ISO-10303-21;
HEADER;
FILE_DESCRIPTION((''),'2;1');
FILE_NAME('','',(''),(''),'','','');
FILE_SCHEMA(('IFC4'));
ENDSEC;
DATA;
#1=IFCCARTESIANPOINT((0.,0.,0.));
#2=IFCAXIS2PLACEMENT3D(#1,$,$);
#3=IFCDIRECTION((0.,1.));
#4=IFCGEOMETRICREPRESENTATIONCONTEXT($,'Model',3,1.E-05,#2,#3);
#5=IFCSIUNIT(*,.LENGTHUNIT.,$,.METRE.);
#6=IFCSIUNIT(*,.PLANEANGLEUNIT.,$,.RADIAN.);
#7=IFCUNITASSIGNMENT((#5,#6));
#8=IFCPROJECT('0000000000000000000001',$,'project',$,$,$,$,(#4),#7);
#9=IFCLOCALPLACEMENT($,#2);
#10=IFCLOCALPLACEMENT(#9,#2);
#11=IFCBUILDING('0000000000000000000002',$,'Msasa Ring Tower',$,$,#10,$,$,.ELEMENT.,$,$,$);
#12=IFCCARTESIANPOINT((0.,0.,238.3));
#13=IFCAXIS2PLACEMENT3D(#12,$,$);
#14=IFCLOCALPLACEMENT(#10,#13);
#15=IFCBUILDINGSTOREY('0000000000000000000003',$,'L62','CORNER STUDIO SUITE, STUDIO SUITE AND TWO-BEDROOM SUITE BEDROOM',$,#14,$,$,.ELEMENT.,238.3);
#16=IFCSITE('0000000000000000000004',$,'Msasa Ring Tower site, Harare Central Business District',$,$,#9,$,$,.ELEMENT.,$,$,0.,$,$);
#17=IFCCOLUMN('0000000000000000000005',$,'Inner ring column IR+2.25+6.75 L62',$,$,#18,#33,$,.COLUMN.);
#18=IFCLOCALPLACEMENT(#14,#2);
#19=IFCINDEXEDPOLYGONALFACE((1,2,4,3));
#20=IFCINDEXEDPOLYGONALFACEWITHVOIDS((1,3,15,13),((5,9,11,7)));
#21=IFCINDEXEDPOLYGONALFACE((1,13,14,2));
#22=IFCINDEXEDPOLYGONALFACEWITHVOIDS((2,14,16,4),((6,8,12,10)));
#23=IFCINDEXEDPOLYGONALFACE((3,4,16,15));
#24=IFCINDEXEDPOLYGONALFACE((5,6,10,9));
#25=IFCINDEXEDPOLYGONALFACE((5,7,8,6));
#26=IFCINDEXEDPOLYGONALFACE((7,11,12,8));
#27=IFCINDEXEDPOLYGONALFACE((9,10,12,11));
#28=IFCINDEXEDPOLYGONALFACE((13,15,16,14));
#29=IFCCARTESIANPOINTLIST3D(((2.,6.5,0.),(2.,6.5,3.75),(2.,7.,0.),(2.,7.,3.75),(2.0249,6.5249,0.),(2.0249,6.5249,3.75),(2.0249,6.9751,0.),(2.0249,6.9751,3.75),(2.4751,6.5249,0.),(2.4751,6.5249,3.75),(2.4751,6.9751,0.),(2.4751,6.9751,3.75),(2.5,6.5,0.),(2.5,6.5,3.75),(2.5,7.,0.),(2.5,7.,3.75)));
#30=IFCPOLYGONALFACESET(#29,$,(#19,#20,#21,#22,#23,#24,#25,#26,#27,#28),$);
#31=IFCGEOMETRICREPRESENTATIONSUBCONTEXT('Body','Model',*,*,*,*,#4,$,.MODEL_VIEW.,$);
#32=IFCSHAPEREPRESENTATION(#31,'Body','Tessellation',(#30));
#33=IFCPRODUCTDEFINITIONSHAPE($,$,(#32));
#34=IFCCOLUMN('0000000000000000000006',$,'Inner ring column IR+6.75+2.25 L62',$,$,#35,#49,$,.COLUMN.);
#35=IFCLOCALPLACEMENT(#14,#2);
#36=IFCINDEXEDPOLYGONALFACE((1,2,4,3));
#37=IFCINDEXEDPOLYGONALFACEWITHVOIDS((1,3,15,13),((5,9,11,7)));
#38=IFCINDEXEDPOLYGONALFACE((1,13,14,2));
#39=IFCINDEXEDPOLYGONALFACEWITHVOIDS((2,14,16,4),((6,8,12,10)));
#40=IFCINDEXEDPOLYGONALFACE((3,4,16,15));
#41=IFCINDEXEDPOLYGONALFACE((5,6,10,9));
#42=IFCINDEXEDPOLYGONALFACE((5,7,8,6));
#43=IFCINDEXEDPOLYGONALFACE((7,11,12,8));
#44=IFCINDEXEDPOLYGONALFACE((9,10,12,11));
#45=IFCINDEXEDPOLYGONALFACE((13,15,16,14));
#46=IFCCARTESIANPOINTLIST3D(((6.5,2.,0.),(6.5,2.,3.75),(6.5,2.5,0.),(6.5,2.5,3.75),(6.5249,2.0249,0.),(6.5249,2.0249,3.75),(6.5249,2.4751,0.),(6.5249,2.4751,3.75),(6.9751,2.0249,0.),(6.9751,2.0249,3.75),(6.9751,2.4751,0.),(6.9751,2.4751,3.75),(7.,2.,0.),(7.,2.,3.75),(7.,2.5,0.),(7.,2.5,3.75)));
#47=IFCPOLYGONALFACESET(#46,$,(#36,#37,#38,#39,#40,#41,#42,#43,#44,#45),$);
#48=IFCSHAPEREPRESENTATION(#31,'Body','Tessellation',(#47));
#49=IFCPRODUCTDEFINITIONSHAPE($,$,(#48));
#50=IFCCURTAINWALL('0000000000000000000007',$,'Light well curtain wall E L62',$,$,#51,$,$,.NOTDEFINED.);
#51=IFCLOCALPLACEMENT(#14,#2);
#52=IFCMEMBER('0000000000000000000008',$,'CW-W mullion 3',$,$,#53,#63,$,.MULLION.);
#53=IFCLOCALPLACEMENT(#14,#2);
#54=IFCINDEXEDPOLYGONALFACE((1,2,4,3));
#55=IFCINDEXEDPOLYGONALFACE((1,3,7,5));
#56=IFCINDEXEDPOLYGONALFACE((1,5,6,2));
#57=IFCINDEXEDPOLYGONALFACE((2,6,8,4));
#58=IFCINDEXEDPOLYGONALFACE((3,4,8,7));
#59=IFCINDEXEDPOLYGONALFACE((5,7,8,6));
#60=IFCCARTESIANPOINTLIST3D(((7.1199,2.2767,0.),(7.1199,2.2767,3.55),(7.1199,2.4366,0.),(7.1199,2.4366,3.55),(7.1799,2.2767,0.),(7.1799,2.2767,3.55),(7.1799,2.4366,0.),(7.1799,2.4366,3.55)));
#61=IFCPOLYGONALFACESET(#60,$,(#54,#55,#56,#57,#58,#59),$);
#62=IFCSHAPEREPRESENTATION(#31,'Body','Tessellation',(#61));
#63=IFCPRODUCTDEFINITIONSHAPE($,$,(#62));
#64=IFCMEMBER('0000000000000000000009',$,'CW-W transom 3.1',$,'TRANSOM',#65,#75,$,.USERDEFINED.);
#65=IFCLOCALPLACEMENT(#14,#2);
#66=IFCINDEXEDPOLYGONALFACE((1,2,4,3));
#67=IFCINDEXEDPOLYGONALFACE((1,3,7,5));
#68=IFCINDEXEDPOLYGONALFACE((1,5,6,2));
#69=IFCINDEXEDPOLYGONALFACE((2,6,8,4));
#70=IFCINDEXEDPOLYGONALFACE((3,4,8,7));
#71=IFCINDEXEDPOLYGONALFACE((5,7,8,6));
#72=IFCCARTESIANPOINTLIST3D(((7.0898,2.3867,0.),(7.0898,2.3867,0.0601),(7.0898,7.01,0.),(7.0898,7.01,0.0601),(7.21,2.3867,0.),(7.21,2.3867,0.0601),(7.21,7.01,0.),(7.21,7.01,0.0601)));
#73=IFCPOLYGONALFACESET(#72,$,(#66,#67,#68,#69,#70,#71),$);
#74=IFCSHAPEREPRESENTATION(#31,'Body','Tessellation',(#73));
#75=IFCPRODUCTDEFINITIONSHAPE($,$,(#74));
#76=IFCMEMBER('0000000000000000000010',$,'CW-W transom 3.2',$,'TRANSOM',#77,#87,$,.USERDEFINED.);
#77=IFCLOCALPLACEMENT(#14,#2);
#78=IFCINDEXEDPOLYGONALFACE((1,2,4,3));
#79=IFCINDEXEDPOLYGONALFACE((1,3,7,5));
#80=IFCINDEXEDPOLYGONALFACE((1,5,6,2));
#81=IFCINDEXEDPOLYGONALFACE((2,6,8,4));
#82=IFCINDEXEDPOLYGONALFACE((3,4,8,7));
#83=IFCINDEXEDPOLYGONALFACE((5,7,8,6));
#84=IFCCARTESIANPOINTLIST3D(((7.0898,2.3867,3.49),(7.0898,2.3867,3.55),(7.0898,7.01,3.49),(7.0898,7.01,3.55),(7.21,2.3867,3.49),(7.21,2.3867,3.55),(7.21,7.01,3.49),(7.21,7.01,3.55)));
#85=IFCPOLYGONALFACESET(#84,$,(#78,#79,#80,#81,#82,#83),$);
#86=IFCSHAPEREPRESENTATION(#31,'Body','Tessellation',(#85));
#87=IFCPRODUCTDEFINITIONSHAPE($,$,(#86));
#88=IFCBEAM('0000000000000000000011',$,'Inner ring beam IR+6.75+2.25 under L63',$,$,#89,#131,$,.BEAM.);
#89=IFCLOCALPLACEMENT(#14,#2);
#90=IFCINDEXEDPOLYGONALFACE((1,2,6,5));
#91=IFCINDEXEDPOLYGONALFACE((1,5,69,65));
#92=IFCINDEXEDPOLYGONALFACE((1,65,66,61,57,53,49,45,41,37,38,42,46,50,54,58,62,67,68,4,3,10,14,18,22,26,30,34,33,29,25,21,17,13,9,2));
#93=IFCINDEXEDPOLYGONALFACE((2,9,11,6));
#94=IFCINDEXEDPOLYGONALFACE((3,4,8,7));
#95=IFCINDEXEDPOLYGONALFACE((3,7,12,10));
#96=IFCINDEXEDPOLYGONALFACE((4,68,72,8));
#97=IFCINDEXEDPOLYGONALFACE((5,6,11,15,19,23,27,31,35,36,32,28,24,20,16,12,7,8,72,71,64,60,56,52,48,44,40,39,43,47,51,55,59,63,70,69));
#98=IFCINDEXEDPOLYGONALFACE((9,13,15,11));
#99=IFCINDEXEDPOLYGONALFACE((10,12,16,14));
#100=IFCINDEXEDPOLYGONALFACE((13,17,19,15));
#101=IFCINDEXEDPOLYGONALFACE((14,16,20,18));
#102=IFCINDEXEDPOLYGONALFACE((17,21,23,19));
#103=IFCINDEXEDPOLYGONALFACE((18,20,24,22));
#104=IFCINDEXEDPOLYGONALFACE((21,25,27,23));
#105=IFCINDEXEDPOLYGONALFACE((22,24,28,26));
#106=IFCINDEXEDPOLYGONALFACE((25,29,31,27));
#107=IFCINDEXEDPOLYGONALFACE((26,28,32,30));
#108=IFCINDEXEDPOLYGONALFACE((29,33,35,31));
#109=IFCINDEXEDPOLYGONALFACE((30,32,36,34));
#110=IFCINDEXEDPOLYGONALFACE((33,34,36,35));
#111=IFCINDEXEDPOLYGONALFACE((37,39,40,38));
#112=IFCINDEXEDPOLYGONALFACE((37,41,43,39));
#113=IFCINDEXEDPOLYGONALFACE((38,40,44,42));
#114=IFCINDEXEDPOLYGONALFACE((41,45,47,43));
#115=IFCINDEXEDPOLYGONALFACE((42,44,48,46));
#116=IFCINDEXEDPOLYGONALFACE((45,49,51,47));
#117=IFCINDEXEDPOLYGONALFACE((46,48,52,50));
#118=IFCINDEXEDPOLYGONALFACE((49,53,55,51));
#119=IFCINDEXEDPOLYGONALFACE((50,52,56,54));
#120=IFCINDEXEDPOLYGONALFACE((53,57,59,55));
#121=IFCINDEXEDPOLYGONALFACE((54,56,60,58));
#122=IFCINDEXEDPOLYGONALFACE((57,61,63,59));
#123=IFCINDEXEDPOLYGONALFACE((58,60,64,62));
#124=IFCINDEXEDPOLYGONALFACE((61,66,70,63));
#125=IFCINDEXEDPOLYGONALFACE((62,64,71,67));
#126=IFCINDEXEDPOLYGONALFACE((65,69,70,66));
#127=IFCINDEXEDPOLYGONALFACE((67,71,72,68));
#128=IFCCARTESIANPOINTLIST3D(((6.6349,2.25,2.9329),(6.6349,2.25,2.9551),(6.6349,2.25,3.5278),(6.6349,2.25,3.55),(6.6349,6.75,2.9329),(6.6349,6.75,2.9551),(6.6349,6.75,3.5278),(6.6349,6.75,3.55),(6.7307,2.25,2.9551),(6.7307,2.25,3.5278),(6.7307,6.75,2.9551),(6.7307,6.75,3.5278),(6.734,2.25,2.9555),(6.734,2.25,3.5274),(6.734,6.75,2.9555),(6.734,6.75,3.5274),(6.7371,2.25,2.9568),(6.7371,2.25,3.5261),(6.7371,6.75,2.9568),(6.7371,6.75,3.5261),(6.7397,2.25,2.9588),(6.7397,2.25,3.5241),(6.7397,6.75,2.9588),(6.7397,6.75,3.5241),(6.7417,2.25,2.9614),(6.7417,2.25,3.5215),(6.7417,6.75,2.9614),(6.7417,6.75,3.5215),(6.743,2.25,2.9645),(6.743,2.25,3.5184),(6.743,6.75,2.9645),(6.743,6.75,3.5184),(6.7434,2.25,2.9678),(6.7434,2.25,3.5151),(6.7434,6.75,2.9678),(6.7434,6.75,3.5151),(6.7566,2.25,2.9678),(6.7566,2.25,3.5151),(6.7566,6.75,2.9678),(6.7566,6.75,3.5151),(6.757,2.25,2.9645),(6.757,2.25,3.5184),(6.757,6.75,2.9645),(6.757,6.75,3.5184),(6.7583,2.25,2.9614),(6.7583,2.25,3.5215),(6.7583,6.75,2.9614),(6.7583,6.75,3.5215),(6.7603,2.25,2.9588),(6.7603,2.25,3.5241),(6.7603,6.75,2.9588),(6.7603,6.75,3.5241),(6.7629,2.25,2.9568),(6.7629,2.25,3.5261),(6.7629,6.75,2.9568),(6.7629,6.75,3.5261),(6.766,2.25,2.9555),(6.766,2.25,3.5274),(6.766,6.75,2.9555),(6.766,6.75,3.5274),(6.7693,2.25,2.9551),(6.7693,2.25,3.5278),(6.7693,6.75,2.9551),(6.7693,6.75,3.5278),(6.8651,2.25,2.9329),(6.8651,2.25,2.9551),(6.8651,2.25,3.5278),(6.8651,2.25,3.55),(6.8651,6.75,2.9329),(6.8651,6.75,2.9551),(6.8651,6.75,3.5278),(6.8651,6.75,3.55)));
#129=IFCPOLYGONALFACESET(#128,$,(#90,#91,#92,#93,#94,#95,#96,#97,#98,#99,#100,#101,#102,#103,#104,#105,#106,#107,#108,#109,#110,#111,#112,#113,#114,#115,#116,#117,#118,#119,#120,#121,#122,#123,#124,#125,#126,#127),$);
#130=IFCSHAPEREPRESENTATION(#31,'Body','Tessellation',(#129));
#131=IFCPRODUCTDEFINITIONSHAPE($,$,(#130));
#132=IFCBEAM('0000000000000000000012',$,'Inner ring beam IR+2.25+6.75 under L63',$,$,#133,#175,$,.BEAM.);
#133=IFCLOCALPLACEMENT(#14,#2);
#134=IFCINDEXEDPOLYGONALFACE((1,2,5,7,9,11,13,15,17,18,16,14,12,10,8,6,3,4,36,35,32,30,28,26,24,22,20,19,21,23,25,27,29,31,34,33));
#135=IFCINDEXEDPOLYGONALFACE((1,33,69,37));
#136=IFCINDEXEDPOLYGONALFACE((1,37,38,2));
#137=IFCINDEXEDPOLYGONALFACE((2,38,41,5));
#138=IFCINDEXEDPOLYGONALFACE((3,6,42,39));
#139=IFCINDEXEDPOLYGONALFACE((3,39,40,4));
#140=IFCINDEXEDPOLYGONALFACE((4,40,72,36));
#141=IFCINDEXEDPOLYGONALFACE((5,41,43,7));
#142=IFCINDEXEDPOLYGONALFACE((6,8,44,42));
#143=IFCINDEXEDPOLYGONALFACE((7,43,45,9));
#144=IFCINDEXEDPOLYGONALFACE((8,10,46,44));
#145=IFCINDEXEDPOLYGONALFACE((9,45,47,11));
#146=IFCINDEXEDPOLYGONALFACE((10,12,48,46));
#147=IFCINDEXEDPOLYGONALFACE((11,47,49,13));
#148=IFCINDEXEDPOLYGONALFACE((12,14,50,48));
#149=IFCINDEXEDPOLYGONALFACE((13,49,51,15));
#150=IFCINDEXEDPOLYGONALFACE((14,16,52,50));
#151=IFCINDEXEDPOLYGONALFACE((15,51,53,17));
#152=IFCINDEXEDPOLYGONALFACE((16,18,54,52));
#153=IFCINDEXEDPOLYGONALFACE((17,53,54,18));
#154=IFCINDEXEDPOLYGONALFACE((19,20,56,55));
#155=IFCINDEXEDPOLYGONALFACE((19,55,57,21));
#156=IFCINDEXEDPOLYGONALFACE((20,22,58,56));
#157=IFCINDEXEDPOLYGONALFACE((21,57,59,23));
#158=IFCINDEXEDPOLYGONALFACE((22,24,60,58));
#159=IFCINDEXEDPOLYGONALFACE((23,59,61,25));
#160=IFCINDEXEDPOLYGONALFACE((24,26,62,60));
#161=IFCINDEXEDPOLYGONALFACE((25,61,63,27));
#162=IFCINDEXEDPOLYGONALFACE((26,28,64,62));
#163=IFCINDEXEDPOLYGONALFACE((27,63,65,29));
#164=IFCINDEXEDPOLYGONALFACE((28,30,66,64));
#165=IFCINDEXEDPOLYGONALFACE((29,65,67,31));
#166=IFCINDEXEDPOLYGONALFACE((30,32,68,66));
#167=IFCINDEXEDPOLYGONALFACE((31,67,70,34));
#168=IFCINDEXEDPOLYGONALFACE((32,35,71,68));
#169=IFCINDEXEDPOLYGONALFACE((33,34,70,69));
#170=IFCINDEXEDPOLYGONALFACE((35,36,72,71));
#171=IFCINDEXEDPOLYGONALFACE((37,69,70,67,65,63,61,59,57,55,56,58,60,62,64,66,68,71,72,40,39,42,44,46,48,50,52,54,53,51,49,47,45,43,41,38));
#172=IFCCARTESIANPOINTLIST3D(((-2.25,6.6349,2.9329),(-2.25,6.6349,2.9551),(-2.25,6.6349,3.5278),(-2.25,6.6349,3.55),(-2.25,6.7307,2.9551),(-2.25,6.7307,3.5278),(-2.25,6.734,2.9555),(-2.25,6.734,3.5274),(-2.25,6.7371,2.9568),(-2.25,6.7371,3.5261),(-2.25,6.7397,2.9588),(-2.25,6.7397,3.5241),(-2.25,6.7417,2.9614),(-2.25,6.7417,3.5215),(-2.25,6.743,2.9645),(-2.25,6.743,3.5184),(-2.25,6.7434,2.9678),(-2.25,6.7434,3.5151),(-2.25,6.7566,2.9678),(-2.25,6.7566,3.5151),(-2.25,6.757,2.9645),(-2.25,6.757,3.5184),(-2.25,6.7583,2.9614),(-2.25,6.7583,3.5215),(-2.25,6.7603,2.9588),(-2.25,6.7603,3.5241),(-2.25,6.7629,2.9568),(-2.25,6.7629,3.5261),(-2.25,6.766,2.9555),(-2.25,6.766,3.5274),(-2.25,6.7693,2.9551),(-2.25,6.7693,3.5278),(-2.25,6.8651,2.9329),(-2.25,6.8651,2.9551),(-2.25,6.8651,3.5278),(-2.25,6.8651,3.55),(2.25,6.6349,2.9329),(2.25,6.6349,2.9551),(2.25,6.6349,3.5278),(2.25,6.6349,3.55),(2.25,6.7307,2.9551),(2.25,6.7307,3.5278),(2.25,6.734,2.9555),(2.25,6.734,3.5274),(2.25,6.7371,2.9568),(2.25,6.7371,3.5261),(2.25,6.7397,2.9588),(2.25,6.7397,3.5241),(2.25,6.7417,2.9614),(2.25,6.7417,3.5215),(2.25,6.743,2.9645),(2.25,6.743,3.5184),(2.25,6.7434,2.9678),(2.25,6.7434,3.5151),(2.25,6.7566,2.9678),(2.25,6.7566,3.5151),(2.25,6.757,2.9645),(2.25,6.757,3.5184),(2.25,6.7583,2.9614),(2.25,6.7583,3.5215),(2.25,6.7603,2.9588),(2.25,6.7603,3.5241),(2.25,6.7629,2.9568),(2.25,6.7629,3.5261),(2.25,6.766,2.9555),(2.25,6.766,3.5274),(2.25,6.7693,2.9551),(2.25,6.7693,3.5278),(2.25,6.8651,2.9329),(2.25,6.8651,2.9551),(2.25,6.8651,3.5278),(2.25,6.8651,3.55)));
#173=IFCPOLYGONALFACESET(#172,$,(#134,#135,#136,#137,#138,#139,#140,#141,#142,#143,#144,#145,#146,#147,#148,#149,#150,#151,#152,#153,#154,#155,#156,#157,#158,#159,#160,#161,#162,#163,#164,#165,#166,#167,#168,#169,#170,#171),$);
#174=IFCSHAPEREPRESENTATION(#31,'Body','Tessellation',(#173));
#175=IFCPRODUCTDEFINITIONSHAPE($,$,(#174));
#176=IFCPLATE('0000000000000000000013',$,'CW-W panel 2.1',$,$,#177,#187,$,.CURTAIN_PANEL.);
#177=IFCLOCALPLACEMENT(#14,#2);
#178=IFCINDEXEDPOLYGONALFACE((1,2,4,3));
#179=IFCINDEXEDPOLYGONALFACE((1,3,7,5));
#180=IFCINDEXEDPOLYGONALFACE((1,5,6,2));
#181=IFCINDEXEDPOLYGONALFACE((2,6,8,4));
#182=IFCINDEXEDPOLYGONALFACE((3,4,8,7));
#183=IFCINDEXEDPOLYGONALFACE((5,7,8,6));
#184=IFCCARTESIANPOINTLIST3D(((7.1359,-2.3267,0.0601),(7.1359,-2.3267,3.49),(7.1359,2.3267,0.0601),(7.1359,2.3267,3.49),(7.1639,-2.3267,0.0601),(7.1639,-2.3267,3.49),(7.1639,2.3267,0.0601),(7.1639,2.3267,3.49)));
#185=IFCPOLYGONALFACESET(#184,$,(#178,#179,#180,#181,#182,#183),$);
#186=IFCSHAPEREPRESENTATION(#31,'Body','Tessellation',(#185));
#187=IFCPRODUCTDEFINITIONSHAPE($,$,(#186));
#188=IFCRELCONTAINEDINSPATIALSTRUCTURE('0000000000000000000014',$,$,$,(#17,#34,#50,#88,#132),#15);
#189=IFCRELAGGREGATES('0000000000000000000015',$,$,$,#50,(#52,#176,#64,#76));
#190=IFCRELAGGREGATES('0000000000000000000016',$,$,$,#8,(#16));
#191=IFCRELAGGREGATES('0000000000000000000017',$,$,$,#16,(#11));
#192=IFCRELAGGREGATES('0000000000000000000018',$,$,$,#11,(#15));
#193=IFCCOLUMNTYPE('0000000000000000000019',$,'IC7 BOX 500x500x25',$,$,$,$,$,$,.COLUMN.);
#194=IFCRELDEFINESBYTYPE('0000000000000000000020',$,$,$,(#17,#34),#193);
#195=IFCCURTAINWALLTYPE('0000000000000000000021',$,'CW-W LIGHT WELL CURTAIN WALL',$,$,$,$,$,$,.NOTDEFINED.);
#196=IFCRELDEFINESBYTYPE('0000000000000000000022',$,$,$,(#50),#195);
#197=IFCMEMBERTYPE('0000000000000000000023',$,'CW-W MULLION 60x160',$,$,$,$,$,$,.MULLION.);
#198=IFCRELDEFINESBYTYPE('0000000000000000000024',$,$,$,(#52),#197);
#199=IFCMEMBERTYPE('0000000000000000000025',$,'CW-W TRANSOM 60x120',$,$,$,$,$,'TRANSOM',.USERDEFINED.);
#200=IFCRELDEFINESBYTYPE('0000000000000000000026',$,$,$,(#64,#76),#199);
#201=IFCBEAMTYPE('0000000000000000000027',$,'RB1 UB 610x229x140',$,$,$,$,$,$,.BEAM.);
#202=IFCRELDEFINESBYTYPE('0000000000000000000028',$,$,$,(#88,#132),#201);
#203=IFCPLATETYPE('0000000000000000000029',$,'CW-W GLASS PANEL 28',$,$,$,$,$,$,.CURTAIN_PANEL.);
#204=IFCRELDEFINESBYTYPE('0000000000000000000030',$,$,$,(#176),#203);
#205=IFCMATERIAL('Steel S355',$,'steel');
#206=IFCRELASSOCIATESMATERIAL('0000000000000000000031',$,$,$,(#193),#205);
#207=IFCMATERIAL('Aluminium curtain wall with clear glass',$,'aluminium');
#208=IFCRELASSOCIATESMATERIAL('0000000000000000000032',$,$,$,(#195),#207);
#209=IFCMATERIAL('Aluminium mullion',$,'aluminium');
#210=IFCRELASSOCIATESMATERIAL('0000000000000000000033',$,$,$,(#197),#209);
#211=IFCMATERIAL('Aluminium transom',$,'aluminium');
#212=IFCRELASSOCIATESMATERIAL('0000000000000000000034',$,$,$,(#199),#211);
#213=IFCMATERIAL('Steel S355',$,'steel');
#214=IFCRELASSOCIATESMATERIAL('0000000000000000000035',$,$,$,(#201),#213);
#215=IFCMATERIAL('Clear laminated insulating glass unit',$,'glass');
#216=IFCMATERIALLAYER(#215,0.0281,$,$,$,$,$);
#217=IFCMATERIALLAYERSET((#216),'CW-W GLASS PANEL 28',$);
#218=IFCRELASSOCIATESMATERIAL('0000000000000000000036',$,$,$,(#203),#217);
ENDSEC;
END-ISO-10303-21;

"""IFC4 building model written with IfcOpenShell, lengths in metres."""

from ifc_helpers import new_model, si_unit, direction, frame, origin, origin_2d, place, context, subcontext, project, spatial, rectangle, hollow_rectangle, i_section, extrude, material, layer, layer_set, material_profile, profile_set, type_object, element, aggregate, save


model = new_model("IFC4")

# Units and contexts
model_context = context("Model", 3, precision=1e-05, world=origin(), true_north=direction((0.0, 1.0)))
body_context = subcontext(model_context, "Body", "Model", "MODEL_VIEW")
ifc_project = project(units=[si_unit("LENGTHUNIT", "METRE"), si_unit("PLANEANGLEUNIT", "RADIAN")], contexts=[model_context])

# Site, building, storey
site_placement = place(None, origin())
site = spatial("IfcSite", under=ifc_project, at=site_placement, Name="Msasa Ring Tower site, Harare Central Business District", CompositionType="ELEMENT", RefElevation=0.0)
building_placement = place(site_placement, origin())
building = spatial("IfcBuilding", under=site, at=building_placement, Name="Msasa Ring Tower", CompositionType="ELEMENT")
storey_placement = place(building_placement, frame((0.0, 0.0, 238.3)))
storey = spatial("IfcBuildingStorey", under=building, at=storey_placement, Name="L62", Description="CORNER STUDIO SUITE, STUDIO SUITE AND TWO-BEDROOM SUITE BEDROOM", CompositionType="ELEMENT", Elevation=238.3)

# Columns
ifc_material_1 = material(Name="Steel S355", Category="steel")
ifc_material_profile_1 = material_profile(ifc_material_1, hollow_rectangle(XDim=0.5, YDim=0.5, WallThickness=0.0249, at=origin_2d()), Name="BOX 500x500x25")
ifc_profile_set_1 = profile_set([ifc_material_profile_1], Name="Steel S355")
column_type = type_object("IfcColumnType", Name="IC7 BOX 500x500x25", PredefinedType="COLUMN", material=ifc_profile_set_1)
for number, where, z_axis, x_axis, name in (
    (1, (2.25, 6.75, 0.0), (0.0, 0.0, 1.0), (1.0, 0.0, 0.0), "Inner ring column IR+2.25+6.75 L62"),
    (2, (6.75, 2.25, 0.0), (0.0, 0.0, 1.0), (1.0, 0.0, 0.0), "Inner ring column IR+6.75+2.25 L62"),
):
    element("IfcColumn", number, at=place(storey_placement, frame(where, z_axis=z_axis, x_axis=x_axis)), inside=storey, type_object=column_type, Name=name, PredefinedType="COLUMN", context=body_context, shape_type="SweptSolid", body=[
        extrude(hollow_rectangle(XDim=0.5, YDim=0.5, WallThickness=0.0249, at=origin_2d()), origin(), (0.0, 0.0, 1.0), 3.75),
    ])

# Curtain wall, members
ifc_material_2 = material(Name="Aluminium curtain wall with clear glass", Category="aluminium")
curtain_wall_type = type_object("IfcCurtainWallType", Name="CW-W LIGHT WELL CURTAIN WALL", PredefinedType="NOTDEFINED", material=ifc_material_2)
curtain_wall_placement = place(storey_placement, origin())
curtain_wall = element("IfcCurtainWall", 3, at=curtain_wall_placement, inside=storey, type_object=curtain_wall_type, Name="Light well curtain wall E L62", PredefinedType="NOTDEFINED")
ifc_material_3 = material(Name="Aluminium mullion", Category="aluminium")
ifc_material_profile_2 = material_profile(ifc_material_3, rectangle(XDim=0.0601, YDim=0.1599, at=origin_2d()), Name="AL 60x160")
ifc_profile_set_2 = profile_set([ifc_material_profile_2], Name="Aluminium mullion")
member_type_1 = type_object("IfcMemberType", Name="CW-W MULLION 60x160", PredefinedType="MULLION", material=ifc_profile_set_2)
member_1_placement = place(storey_placement, frame((7.1499, 2.3567, 0.0), z_axis=(0.0, 0.0, 1.0), x_axis=(-1.0, 0.0, 0.0)))
member_1 = element("IfcMember", 4, at=member_1_placement, type_object=member_type_1, Name="CW-W mullion 3", PredefinedType="MULLION", context=body_context, shape_type="SweptSolid", body=[
    extrude(rectangle(XDim=0.0601, YDim=0.1599, at=origin_2d()), origin(), (0.0, 0.0, 1.0), 3.55),
])
ifc_material_4 = material(Name="Aluminium transom", Category="aluminium")
ifc_material_profile_3 = material_profile(ifc_material_4, rectangle(XDim=0.1201, YDim=0.0601, at=origin_2d()), Name="AL 60x120")
ifc_profile_set_3 = profile_set([ifc_material_profile_3], Name="Aluminium transom")
member_type_2 = type_object("IfcMemberType", Name="CW-W TRANSOM 60x120", ElementType="TRANSOM", PredefinedType="USERDEFINED", material=ifc_profile_set_3)
member_2_placement = place(storey_placement, frame((7.1499, 2.3867, 0.03), z_axis=(0.0, 1.0, 0.0), x_axis=(-1.0, 0.0, 0.0)))
member_2 = element("IfcMember", 5, at=member_2_placement, type_object=member_type_2, Name="CW-W transom 3.1", ObjectType="TRANSOM", PredefinedType="USERDEFINED", context=body_context, shape_type="SweptSolid", body=[
    extrude(rectangle(XDim=0.1201, YDim=0.0601, at=origin_2d()), origin(), (0.0, 0.0, 1.0), 4.6233),
])
member_3_placement = place(storey_placement, frame((7.1499, 2.3867, 3.52), z_axis=(0.0, 1.0, 0.0), x_axis=(-1.0, 0.0, 0.0)))
member_3 = element("IfcMember", 6, at=member_3_placement, type_object=member_type_2, Name="CW-W transom 3.2", ObjectType="TRANSOM", PredefinedType="USERDEFINED", context=body_context, shape_type="SweptSolid", body=[
    extrude(rectangle(XDim=0.1201, YDim=0.0601, at=origin_2d()), origin(), (0.0, 0.0, 1.0), 4.6233),
])

# Beams
ifc_material_5 = material(Name="Steel S355", Category="steel")
ifc_material_profile_4 = material_profile(ifc_material_5, i_section(OverallWidth=0.2302, OverallDepth=0.6172, WebThickness=0.0132, FlangeThickness=0.0222, FilletRadius=0.0127, at=origin_2d()), Name="UB 610x229x140")
ifc_profile_set_4 = profile_set([ifc_material_profile_4], Name="Steel S355")
beam_type = type_object("IfcBeamType", Name="RB1 UB 610x229x140", PredefinedType="BEAM", material=ifc_profile_set_4)
for number, where, z_axis, x_axis, name in (
    (7, (6.75, 2.25, 3.2415), (0.0, 1.0, 0.0), (-1.0, 0.0, 0.0), "Inner ring beam IR+6.75+2.25 under L63"),
    (8, (2.25, 6.75, 3.2415), (-1.0, 0.0, 0.0), (0.0, -1.0, 0.0), "Inner ring beam IR+2.25+6.75 under L63"),
):
    element("IfcBeam", number, at=place(storey_placement, frame(where, z_axis=z_axis, x_axis=x_axis)), inside=storey, type_object=beam_type, Name=name, PredefinedType="BEAM", context=body_context, shape_type="SweptSolid", body=[
        extrude(i_section(OverallWidth=0.2302, OverallDepth=0.6172, WebThickness=0.0132, FlangeThickness=0.0222, FilletRadius=0.0127, at=origin_2d()), origin(), (0.0, 0.0, 1.0), 4.5),
    ])

# Plate
ifc_material_6 = material(Name="Clear laminated insulating glass unit", Category="glass")
ifc_layer_1 = layer(ifc_material_6, 0.0281)
ifc_layer_set_1 = layer_set([ifc_layer_1], Name="CW-W GLASS PANEL 28")
plate_type = type_object("IfcPlateType", Name="CW-W GLASS PANEL 28", PredefinedType="CURTAIN_PANEL", material=ifc_layer_set_1)
plate_1_placement = place(storey_placement, frame((7.1499, 0.0, 0.0601), z_axis=(0.0, 0.0, 1.0), x_axis=(0.0, 1.0, 0.0)))
plate_1 = element("IfcPlate", 9, at=plate_1_placement, type_object=plate_type, Name="CW-W panel 2.1", PredefinedType="CURTAIN_PANEL", context=body_context, shape_type="SweptSolid", body=[
    extrude(rectangle(XDim=4.6533, YDim=0.0281, at=origin_2d()), origin(), (0.0, 0.0, 1.0), 3.4299),
])
aggregate(curtain_wall, [member_1, plate_1, member_2, member_3])

save(model, "model.ifc")
